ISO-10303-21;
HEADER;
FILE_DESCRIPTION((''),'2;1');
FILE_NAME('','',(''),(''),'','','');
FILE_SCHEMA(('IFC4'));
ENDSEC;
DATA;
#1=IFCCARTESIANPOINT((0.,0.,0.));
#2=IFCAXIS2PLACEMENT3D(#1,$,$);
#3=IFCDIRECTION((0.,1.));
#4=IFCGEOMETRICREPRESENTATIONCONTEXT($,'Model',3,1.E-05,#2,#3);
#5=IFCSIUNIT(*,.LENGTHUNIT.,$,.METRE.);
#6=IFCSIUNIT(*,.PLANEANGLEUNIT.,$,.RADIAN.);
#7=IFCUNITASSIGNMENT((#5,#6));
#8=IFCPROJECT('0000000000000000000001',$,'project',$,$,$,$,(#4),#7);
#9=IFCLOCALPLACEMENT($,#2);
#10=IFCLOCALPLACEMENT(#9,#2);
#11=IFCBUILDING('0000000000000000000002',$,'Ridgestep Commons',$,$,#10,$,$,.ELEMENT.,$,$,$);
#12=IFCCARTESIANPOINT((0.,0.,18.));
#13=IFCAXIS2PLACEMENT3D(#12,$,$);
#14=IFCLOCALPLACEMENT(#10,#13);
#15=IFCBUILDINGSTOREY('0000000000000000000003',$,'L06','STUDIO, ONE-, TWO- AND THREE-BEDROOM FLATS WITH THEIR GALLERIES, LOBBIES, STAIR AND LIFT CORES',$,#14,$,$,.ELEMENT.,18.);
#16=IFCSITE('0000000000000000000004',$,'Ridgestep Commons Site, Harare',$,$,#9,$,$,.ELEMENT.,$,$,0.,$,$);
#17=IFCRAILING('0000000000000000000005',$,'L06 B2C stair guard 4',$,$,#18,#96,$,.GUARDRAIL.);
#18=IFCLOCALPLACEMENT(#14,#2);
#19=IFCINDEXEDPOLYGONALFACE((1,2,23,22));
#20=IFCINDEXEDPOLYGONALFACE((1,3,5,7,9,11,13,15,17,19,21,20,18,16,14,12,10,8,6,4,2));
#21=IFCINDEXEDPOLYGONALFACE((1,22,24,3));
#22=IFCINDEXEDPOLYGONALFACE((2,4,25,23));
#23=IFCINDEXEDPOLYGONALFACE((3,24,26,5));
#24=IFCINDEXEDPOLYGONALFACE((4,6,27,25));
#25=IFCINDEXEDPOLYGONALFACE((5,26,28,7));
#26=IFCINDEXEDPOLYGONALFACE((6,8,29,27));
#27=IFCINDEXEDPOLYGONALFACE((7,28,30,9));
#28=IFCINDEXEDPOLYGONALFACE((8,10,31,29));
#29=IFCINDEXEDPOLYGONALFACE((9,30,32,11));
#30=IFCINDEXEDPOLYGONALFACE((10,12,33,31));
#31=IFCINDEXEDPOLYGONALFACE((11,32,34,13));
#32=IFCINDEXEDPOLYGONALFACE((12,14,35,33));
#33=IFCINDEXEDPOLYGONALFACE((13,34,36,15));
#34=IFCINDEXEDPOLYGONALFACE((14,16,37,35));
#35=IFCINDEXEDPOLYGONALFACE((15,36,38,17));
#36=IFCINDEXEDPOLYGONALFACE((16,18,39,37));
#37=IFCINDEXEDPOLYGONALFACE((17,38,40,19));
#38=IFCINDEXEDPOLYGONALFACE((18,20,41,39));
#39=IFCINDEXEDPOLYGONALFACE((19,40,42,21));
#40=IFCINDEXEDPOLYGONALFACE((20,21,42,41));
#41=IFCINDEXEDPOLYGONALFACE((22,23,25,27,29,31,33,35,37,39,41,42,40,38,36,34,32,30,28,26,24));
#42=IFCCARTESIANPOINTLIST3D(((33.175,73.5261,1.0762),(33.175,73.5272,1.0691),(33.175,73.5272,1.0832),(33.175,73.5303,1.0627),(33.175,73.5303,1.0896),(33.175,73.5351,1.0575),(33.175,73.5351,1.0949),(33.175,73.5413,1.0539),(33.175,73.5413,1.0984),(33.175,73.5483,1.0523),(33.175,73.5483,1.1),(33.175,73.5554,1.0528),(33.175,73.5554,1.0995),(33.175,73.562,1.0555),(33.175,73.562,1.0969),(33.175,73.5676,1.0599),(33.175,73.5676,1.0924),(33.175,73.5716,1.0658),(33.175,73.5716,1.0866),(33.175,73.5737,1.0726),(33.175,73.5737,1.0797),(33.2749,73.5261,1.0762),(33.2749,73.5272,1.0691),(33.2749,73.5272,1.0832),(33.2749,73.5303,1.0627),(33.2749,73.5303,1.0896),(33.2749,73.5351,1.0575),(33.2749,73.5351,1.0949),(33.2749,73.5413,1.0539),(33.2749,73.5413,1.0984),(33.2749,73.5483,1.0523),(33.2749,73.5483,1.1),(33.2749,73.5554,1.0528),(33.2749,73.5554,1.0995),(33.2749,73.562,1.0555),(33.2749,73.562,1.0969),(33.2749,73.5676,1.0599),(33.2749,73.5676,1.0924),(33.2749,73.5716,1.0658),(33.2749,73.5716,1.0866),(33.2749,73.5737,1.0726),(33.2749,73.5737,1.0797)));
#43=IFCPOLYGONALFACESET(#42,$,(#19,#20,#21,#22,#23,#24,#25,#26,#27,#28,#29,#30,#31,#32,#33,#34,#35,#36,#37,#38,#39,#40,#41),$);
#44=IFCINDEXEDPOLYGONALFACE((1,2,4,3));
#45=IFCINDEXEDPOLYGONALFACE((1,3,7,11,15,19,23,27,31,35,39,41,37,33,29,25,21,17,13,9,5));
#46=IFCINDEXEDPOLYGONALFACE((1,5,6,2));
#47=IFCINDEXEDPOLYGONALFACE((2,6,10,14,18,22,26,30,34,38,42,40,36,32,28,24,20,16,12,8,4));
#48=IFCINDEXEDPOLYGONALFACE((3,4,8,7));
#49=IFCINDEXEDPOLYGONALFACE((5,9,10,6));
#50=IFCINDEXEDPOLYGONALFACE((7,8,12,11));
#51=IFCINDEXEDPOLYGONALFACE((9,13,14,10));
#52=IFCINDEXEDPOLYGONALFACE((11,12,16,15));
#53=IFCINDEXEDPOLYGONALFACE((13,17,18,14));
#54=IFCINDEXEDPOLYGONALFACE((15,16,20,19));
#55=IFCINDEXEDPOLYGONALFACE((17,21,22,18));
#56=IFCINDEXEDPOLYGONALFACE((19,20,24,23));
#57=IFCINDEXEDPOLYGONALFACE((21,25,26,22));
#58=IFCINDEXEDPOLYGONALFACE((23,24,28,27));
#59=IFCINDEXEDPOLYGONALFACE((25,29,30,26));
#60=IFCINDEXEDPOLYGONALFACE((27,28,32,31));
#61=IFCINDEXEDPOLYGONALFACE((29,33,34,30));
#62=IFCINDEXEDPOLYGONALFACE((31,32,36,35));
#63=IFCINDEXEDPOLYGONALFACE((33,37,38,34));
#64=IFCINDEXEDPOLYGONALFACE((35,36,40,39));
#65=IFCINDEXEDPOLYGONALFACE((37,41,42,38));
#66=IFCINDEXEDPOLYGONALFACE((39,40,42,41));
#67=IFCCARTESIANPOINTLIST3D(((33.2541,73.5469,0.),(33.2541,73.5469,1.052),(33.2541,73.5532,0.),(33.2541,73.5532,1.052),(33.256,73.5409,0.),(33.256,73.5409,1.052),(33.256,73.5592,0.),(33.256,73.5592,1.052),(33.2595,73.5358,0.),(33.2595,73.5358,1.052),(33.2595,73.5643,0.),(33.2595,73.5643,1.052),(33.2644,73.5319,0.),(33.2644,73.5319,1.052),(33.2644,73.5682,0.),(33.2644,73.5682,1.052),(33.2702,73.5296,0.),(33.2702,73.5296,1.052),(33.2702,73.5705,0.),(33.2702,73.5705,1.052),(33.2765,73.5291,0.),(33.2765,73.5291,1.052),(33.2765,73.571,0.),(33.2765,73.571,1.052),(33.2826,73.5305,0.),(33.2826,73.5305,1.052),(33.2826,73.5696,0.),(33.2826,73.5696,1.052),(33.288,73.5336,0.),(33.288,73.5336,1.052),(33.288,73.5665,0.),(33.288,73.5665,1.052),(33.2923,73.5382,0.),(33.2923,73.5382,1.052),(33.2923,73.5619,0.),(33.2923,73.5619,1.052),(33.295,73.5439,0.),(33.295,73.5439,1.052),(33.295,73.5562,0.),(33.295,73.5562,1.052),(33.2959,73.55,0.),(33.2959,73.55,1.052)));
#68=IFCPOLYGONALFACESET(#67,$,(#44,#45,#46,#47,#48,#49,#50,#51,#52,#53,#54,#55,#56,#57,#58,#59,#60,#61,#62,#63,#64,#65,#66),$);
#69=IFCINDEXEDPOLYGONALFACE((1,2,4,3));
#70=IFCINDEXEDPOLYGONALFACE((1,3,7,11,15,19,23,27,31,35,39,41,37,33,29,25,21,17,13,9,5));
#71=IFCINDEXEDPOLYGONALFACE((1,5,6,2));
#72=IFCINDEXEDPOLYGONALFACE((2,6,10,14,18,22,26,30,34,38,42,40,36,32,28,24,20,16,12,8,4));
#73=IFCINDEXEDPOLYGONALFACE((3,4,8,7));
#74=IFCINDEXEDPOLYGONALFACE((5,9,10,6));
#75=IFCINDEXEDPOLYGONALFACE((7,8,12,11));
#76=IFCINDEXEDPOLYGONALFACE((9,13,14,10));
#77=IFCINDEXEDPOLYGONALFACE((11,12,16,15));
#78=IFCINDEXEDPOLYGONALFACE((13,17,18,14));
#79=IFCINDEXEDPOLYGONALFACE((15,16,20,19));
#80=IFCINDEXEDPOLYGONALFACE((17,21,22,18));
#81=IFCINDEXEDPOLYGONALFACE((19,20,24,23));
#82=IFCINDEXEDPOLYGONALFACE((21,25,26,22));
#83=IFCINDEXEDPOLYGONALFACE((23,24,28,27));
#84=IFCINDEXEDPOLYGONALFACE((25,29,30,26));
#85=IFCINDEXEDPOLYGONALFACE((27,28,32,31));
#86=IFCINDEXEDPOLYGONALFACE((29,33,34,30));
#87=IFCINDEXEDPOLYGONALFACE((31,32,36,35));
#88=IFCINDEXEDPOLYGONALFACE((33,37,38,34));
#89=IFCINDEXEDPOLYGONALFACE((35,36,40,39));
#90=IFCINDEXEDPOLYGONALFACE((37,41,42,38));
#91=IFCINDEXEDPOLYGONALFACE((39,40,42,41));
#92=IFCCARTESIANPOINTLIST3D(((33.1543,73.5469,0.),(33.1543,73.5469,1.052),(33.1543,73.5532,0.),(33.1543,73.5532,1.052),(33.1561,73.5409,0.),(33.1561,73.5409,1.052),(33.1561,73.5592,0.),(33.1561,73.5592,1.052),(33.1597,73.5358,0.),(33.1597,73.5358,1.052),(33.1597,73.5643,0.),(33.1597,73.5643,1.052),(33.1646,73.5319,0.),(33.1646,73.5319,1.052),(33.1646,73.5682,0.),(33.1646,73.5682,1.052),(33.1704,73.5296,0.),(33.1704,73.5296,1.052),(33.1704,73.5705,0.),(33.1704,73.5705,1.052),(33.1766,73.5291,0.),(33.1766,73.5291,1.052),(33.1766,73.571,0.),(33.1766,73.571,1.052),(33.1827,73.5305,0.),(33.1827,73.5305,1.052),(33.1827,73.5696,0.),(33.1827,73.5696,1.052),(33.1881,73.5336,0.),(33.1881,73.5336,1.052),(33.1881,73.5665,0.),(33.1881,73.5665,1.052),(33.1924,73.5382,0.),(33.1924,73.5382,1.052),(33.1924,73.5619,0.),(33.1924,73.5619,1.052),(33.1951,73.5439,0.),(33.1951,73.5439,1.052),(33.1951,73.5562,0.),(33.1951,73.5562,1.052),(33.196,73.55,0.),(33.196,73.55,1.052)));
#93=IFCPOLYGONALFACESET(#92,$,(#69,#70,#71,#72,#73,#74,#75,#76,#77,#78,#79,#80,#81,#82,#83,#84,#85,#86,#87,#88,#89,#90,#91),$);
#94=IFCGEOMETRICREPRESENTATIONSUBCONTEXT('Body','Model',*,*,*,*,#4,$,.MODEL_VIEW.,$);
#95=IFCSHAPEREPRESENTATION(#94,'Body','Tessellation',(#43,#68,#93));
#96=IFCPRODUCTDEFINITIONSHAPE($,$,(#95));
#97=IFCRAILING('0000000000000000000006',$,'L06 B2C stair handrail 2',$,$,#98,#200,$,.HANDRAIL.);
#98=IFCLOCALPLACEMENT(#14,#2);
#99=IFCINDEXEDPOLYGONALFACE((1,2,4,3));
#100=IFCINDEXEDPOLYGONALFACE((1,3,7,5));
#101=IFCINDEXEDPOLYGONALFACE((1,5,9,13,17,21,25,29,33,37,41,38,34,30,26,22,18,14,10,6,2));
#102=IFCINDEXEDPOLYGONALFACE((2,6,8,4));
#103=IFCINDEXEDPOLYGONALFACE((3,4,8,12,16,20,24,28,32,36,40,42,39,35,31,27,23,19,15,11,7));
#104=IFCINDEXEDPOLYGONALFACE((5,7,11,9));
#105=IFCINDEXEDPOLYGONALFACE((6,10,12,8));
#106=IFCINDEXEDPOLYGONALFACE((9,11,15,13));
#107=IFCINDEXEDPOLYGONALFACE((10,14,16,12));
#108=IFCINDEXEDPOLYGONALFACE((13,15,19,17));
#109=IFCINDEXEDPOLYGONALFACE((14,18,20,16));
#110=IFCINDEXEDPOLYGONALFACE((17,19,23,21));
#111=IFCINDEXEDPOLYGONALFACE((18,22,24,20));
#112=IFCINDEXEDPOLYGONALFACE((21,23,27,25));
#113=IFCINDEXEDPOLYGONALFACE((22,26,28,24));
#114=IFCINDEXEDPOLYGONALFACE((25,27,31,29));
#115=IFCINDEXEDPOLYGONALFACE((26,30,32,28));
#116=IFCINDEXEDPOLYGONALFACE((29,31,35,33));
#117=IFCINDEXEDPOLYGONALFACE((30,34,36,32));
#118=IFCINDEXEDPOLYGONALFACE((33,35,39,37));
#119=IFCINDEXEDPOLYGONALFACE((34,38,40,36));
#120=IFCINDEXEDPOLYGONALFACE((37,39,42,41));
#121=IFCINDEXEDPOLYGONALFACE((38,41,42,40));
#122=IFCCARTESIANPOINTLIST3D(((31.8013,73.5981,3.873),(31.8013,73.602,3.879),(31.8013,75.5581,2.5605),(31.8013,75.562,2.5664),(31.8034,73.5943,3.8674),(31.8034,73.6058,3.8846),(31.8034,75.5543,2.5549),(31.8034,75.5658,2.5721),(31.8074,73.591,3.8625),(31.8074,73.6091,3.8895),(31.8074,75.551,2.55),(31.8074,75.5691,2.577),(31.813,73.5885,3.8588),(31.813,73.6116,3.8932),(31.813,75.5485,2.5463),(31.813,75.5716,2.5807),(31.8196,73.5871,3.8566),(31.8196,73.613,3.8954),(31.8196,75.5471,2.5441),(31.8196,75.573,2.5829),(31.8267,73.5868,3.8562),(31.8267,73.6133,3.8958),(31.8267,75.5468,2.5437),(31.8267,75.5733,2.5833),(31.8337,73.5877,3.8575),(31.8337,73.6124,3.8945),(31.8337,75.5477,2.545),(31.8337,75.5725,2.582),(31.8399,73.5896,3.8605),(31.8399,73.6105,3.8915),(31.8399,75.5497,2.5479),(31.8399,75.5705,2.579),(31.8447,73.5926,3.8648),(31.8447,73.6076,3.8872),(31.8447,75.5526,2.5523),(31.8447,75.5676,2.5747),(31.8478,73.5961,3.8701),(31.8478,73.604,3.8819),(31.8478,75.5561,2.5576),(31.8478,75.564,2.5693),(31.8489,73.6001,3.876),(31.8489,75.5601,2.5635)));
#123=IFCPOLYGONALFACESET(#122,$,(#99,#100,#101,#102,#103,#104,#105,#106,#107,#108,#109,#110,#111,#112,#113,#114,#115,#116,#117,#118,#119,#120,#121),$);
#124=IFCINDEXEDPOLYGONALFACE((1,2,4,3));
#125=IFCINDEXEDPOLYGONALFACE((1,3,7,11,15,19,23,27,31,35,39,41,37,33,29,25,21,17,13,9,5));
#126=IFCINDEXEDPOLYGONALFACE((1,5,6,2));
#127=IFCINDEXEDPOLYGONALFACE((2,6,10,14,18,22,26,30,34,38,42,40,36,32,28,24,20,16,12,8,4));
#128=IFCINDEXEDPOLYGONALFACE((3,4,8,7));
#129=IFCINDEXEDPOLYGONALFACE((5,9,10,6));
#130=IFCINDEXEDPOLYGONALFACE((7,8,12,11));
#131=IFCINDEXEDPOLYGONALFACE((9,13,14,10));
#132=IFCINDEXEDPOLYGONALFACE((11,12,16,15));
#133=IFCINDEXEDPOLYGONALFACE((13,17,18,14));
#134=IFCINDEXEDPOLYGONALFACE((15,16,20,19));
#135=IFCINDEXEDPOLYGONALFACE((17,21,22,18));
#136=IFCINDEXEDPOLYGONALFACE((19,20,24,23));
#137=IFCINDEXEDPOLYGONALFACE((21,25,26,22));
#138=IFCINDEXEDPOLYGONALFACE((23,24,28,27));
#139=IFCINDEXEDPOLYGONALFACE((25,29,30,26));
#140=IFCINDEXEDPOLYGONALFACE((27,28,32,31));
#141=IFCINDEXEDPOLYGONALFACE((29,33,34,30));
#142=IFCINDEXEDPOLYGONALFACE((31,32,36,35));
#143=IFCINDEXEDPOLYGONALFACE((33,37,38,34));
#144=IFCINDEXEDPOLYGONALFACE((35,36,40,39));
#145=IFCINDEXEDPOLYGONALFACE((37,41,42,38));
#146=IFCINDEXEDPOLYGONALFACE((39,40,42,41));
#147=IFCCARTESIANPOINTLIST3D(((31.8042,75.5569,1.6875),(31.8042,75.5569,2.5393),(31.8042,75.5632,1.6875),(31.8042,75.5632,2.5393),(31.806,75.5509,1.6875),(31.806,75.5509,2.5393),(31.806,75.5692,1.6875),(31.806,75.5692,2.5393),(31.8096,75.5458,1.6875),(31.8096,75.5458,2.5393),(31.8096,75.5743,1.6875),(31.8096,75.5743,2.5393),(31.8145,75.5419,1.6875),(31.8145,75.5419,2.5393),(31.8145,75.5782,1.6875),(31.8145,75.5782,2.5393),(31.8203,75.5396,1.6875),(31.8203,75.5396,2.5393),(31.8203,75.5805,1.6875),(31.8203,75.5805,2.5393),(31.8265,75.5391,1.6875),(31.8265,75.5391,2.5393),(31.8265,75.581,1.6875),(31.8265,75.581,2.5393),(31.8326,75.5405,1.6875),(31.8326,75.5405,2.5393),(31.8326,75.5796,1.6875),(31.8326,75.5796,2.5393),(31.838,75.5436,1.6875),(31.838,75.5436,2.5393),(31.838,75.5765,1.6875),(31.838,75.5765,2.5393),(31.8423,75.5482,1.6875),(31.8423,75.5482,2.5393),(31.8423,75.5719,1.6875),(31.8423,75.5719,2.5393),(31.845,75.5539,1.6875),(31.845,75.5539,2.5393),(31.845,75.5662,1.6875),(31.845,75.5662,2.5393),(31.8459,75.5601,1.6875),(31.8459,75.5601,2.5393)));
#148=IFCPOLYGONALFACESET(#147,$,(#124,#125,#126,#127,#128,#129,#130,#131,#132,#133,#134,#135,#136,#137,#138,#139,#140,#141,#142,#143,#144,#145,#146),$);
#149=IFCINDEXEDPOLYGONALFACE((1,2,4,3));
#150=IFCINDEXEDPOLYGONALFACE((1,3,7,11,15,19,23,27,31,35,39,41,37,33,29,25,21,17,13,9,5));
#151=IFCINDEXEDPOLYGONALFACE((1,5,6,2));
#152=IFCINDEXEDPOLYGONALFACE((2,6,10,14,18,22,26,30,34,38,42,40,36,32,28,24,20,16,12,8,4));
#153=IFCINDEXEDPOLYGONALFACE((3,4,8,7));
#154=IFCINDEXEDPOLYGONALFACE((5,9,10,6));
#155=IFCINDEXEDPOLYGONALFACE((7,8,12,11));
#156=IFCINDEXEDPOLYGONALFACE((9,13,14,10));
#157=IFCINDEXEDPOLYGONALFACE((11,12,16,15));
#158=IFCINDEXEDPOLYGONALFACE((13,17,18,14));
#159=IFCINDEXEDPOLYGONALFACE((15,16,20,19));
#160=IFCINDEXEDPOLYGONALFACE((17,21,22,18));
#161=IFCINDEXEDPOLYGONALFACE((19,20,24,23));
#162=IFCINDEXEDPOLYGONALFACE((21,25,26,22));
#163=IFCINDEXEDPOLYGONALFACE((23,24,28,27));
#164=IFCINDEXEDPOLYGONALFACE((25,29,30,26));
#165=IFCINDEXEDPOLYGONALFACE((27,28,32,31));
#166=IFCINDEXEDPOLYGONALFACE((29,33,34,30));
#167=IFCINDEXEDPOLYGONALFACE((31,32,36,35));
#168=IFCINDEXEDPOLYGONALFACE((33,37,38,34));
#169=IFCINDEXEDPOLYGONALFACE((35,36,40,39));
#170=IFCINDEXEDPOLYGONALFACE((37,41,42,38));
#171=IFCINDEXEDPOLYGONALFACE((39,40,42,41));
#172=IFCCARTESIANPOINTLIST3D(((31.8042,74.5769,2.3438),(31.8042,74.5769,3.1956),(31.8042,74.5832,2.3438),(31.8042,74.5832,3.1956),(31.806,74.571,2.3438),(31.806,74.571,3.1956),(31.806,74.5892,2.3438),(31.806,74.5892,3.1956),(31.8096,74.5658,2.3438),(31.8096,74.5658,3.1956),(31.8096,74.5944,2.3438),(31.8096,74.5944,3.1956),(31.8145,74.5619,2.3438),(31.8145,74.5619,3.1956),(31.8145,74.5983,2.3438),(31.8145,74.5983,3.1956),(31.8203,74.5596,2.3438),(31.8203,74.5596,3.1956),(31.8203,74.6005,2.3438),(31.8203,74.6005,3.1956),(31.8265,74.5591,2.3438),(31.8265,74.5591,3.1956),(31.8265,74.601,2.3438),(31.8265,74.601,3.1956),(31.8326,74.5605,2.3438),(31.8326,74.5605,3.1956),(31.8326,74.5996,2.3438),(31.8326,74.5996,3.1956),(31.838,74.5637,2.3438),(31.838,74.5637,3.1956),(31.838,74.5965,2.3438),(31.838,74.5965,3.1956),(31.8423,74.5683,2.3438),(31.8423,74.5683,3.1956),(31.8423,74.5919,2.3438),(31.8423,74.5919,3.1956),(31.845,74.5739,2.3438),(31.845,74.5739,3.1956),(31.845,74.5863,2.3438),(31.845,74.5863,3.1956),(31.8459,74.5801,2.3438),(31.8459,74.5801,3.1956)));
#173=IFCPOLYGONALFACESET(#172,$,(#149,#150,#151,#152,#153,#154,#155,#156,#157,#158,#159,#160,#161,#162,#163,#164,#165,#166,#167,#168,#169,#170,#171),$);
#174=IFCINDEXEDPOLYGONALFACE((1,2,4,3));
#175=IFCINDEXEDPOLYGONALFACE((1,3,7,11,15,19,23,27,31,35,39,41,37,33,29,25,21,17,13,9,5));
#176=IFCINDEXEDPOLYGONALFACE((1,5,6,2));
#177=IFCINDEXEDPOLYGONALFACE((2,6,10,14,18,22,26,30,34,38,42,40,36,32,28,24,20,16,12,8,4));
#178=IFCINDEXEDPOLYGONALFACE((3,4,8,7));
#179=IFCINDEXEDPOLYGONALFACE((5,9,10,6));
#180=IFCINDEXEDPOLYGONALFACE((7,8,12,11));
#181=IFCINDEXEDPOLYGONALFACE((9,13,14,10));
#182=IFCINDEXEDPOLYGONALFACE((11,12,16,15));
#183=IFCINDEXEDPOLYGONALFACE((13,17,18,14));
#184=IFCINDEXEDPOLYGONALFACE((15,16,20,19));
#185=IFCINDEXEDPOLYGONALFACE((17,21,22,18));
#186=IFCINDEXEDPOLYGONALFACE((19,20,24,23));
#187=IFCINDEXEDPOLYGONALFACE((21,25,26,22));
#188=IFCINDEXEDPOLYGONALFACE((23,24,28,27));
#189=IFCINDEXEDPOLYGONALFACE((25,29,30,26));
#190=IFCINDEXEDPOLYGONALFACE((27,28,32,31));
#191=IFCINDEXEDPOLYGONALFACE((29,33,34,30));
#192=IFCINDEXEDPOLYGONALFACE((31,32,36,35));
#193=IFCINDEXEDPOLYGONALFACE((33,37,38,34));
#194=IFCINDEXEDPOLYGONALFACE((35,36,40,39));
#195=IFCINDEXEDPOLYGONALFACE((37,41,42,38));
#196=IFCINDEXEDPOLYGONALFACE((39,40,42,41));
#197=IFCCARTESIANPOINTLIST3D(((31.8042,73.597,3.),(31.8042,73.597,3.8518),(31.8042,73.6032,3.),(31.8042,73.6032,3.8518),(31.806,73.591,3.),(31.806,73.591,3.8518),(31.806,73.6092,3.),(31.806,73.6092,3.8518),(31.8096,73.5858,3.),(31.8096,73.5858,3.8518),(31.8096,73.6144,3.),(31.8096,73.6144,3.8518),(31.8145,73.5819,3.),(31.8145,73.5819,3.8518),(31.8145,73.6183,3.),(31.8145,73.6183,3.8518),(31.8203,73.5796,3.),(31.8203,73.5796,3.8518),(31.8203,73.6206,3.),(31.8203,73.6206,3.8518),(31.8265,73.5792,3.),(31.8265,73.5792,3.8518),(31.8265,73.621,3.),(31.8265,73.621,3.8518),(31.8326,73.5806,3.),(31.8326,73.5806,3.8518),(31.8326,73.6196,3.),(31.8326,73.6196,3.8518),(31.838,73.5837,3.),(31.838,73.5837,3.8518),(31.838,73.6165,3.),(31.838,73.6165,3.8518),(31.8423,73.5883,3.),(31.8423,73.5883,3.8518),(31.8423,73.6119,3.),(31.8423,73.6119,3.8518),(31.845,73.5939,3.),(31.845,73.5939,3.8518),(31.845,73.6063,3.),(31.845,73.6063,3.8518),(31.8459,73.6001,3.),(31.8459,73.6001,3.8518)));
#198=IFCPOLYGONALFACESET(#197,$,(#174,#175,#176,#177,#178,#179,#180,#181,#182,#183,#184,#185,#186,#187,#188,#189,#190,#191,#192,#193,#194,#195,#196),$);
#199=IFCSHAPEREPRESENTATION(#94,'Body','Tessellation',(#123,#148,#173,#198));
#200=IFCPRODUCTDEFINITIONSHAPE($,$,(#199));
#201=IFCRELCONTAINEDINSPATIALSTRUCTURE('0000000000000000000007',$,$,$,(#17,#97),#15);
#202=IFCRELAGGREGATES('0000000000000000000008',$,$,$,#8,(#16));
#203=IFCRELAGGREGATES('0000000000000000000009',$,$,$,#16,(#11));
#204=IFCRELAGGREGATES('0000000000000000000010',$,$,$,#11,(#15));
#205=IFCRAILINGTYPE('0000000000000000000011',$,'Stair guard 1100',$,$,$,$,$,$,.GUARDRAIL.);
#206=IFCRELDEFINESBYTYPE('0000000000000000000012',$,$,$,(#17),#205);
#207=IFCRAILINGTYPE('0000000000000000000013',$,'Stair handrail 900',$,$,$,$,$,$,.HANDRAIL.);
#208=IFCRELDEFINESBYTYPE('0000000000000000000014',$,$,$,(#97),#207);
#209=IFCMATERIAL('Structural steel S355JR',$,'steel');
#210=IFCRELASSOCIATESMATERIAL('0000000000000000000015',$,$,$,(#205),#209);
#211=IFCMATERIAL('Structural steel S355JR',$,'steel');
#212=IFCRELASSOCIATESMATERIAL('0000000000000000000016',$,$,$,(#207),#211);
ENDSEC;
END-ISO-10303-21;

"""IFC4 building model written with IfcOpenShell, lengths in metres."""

from ifc_helpers import new_model, si_unit, direction, frame, origin, origin_2d, place, context, subcontext, project, spatial, circle, extrude, material, type_object, element, save


model = new_model("IFC4")

# Units and contexts
model_context = context("Model", 3, precision=1e-05, world=origin(), true_north=direction((0.0, 1.0)))
body_context = subcontext(model_context, "Body", "Model", "MODEL_VIEW")
ifc_project = project(units=[si_unit("LENGTHUNIT", "METRE"), si_unit("PLANEANGLEUNIT", "RADIAN")], contexts=[model_context])

# Site, building, storey
site_placement = place(None, origin())
site = spatial("IfcSite", under=ifc_project, at=site_placement, Name="Ridgestep Commons Site, Harare", CompositionType="ELEMENT", RefElevation=0.0)
building_placement = place(site_placement, origin())
building = spatial("IfcBuilding", under=site, at=building_placement, Name="Ridgestep Commons", CompositionType="ELEMENT")
storey_placement = place(building_placement, frame((0.0, 0.0, 18.0)))
storey = spatial("IfcBuildingStorey", under=building, at=storey_placement, Name="L06", Description="STUDIO, ONE-, TWO- AND THREE-BEDROOM FLATS WITH THEIR GALLERIES, LOBBIES, STAIR AND LIFT CORES", CompositionType="ELEMENT", Elevation=18.0)

# Railings
ifc_material_1 = material(Name="Structural steel S355JR", Category="steel")
railing_type_1 = type_object("IfcRailingType", Name="Stair guard 1100", PredefinedType="GUARDRAIL", material=ifc_material_1)
railing_1_placement = place(storey_placement, frame((33.2749, 73.55, 0.0)))
element("IfcRailing", 1, at=railing_1_placement, inside=storey, type_object=railing_type_1, Name="L06 B2C stair guard 4", PredefinedType="GUARDRAIL", context=body_context, shape_type="SweptSolid", body=[
    extrude(circle(Radius=0.0239, at=origin_2d()), frame((0.0, 0.0, 1.0762), z_axis=(-1.0, 0.0, 0.0), x_axis=(0.0, -1.0, 0.0)), (0.0, 0.0, 1.0), 0.0999),
    extrude(circle(Radius=0.021, at=origin_2d()), origin(), (0.0, 0.0, 1.0), 1.052),
    extrude(circle(Radius=0.021, at=origin_2d()), frame((-0.0999, 0.0, 0.0)), (0.0, 0.0, 1.0), 1.052),
])
ifc_material_2 = material(Name="Structural steel S355JR", Category="steel")
railing_type_2 = type_object("IfcRailingType", Name="Stair handrail 900", PredefinedType="HANDRAIL", material=ifc_material_2)
railing_2_placement = place(storey_placement, frame((31.825, 75.5601, 1.6875)))
element("IfcRailing", 2, at=railing_2_placement, inside=storey, type_object=railing_type_2, Name="L06 B2C stair handrail 2", PredefinedType="HANDRAIL", context=body_context, shape_type="SweptSolid", body=[
    extrude(circle(Radius=0.0239, at=origin_2d()), frame((0.0, 0.0, 0.876), z_axis=(0.0, -0.830902, 0.556419), x_axis=(1.0, 0.0, 0.0)), (0.0, 0.0, 1.0), 2.3589),
    extrude(circle(Radius=0.021, at=origin_2d()), origin(), (0.0, 0.0, 1.0), 0.8518),
    extrude(circle(Radius=0.021, at=origin_2d()), frame((0.0, -0.98, 0.6562)), (0.0, 0.0, 1.0), 0.8518),
    extrude(circle(Radius=0.021, at=origin_2d()), frame((0.0, -1.96, 1.3125)), (0.0, 0.0, 1.0), 0.8518),
])

save(model, "model.ifc")
